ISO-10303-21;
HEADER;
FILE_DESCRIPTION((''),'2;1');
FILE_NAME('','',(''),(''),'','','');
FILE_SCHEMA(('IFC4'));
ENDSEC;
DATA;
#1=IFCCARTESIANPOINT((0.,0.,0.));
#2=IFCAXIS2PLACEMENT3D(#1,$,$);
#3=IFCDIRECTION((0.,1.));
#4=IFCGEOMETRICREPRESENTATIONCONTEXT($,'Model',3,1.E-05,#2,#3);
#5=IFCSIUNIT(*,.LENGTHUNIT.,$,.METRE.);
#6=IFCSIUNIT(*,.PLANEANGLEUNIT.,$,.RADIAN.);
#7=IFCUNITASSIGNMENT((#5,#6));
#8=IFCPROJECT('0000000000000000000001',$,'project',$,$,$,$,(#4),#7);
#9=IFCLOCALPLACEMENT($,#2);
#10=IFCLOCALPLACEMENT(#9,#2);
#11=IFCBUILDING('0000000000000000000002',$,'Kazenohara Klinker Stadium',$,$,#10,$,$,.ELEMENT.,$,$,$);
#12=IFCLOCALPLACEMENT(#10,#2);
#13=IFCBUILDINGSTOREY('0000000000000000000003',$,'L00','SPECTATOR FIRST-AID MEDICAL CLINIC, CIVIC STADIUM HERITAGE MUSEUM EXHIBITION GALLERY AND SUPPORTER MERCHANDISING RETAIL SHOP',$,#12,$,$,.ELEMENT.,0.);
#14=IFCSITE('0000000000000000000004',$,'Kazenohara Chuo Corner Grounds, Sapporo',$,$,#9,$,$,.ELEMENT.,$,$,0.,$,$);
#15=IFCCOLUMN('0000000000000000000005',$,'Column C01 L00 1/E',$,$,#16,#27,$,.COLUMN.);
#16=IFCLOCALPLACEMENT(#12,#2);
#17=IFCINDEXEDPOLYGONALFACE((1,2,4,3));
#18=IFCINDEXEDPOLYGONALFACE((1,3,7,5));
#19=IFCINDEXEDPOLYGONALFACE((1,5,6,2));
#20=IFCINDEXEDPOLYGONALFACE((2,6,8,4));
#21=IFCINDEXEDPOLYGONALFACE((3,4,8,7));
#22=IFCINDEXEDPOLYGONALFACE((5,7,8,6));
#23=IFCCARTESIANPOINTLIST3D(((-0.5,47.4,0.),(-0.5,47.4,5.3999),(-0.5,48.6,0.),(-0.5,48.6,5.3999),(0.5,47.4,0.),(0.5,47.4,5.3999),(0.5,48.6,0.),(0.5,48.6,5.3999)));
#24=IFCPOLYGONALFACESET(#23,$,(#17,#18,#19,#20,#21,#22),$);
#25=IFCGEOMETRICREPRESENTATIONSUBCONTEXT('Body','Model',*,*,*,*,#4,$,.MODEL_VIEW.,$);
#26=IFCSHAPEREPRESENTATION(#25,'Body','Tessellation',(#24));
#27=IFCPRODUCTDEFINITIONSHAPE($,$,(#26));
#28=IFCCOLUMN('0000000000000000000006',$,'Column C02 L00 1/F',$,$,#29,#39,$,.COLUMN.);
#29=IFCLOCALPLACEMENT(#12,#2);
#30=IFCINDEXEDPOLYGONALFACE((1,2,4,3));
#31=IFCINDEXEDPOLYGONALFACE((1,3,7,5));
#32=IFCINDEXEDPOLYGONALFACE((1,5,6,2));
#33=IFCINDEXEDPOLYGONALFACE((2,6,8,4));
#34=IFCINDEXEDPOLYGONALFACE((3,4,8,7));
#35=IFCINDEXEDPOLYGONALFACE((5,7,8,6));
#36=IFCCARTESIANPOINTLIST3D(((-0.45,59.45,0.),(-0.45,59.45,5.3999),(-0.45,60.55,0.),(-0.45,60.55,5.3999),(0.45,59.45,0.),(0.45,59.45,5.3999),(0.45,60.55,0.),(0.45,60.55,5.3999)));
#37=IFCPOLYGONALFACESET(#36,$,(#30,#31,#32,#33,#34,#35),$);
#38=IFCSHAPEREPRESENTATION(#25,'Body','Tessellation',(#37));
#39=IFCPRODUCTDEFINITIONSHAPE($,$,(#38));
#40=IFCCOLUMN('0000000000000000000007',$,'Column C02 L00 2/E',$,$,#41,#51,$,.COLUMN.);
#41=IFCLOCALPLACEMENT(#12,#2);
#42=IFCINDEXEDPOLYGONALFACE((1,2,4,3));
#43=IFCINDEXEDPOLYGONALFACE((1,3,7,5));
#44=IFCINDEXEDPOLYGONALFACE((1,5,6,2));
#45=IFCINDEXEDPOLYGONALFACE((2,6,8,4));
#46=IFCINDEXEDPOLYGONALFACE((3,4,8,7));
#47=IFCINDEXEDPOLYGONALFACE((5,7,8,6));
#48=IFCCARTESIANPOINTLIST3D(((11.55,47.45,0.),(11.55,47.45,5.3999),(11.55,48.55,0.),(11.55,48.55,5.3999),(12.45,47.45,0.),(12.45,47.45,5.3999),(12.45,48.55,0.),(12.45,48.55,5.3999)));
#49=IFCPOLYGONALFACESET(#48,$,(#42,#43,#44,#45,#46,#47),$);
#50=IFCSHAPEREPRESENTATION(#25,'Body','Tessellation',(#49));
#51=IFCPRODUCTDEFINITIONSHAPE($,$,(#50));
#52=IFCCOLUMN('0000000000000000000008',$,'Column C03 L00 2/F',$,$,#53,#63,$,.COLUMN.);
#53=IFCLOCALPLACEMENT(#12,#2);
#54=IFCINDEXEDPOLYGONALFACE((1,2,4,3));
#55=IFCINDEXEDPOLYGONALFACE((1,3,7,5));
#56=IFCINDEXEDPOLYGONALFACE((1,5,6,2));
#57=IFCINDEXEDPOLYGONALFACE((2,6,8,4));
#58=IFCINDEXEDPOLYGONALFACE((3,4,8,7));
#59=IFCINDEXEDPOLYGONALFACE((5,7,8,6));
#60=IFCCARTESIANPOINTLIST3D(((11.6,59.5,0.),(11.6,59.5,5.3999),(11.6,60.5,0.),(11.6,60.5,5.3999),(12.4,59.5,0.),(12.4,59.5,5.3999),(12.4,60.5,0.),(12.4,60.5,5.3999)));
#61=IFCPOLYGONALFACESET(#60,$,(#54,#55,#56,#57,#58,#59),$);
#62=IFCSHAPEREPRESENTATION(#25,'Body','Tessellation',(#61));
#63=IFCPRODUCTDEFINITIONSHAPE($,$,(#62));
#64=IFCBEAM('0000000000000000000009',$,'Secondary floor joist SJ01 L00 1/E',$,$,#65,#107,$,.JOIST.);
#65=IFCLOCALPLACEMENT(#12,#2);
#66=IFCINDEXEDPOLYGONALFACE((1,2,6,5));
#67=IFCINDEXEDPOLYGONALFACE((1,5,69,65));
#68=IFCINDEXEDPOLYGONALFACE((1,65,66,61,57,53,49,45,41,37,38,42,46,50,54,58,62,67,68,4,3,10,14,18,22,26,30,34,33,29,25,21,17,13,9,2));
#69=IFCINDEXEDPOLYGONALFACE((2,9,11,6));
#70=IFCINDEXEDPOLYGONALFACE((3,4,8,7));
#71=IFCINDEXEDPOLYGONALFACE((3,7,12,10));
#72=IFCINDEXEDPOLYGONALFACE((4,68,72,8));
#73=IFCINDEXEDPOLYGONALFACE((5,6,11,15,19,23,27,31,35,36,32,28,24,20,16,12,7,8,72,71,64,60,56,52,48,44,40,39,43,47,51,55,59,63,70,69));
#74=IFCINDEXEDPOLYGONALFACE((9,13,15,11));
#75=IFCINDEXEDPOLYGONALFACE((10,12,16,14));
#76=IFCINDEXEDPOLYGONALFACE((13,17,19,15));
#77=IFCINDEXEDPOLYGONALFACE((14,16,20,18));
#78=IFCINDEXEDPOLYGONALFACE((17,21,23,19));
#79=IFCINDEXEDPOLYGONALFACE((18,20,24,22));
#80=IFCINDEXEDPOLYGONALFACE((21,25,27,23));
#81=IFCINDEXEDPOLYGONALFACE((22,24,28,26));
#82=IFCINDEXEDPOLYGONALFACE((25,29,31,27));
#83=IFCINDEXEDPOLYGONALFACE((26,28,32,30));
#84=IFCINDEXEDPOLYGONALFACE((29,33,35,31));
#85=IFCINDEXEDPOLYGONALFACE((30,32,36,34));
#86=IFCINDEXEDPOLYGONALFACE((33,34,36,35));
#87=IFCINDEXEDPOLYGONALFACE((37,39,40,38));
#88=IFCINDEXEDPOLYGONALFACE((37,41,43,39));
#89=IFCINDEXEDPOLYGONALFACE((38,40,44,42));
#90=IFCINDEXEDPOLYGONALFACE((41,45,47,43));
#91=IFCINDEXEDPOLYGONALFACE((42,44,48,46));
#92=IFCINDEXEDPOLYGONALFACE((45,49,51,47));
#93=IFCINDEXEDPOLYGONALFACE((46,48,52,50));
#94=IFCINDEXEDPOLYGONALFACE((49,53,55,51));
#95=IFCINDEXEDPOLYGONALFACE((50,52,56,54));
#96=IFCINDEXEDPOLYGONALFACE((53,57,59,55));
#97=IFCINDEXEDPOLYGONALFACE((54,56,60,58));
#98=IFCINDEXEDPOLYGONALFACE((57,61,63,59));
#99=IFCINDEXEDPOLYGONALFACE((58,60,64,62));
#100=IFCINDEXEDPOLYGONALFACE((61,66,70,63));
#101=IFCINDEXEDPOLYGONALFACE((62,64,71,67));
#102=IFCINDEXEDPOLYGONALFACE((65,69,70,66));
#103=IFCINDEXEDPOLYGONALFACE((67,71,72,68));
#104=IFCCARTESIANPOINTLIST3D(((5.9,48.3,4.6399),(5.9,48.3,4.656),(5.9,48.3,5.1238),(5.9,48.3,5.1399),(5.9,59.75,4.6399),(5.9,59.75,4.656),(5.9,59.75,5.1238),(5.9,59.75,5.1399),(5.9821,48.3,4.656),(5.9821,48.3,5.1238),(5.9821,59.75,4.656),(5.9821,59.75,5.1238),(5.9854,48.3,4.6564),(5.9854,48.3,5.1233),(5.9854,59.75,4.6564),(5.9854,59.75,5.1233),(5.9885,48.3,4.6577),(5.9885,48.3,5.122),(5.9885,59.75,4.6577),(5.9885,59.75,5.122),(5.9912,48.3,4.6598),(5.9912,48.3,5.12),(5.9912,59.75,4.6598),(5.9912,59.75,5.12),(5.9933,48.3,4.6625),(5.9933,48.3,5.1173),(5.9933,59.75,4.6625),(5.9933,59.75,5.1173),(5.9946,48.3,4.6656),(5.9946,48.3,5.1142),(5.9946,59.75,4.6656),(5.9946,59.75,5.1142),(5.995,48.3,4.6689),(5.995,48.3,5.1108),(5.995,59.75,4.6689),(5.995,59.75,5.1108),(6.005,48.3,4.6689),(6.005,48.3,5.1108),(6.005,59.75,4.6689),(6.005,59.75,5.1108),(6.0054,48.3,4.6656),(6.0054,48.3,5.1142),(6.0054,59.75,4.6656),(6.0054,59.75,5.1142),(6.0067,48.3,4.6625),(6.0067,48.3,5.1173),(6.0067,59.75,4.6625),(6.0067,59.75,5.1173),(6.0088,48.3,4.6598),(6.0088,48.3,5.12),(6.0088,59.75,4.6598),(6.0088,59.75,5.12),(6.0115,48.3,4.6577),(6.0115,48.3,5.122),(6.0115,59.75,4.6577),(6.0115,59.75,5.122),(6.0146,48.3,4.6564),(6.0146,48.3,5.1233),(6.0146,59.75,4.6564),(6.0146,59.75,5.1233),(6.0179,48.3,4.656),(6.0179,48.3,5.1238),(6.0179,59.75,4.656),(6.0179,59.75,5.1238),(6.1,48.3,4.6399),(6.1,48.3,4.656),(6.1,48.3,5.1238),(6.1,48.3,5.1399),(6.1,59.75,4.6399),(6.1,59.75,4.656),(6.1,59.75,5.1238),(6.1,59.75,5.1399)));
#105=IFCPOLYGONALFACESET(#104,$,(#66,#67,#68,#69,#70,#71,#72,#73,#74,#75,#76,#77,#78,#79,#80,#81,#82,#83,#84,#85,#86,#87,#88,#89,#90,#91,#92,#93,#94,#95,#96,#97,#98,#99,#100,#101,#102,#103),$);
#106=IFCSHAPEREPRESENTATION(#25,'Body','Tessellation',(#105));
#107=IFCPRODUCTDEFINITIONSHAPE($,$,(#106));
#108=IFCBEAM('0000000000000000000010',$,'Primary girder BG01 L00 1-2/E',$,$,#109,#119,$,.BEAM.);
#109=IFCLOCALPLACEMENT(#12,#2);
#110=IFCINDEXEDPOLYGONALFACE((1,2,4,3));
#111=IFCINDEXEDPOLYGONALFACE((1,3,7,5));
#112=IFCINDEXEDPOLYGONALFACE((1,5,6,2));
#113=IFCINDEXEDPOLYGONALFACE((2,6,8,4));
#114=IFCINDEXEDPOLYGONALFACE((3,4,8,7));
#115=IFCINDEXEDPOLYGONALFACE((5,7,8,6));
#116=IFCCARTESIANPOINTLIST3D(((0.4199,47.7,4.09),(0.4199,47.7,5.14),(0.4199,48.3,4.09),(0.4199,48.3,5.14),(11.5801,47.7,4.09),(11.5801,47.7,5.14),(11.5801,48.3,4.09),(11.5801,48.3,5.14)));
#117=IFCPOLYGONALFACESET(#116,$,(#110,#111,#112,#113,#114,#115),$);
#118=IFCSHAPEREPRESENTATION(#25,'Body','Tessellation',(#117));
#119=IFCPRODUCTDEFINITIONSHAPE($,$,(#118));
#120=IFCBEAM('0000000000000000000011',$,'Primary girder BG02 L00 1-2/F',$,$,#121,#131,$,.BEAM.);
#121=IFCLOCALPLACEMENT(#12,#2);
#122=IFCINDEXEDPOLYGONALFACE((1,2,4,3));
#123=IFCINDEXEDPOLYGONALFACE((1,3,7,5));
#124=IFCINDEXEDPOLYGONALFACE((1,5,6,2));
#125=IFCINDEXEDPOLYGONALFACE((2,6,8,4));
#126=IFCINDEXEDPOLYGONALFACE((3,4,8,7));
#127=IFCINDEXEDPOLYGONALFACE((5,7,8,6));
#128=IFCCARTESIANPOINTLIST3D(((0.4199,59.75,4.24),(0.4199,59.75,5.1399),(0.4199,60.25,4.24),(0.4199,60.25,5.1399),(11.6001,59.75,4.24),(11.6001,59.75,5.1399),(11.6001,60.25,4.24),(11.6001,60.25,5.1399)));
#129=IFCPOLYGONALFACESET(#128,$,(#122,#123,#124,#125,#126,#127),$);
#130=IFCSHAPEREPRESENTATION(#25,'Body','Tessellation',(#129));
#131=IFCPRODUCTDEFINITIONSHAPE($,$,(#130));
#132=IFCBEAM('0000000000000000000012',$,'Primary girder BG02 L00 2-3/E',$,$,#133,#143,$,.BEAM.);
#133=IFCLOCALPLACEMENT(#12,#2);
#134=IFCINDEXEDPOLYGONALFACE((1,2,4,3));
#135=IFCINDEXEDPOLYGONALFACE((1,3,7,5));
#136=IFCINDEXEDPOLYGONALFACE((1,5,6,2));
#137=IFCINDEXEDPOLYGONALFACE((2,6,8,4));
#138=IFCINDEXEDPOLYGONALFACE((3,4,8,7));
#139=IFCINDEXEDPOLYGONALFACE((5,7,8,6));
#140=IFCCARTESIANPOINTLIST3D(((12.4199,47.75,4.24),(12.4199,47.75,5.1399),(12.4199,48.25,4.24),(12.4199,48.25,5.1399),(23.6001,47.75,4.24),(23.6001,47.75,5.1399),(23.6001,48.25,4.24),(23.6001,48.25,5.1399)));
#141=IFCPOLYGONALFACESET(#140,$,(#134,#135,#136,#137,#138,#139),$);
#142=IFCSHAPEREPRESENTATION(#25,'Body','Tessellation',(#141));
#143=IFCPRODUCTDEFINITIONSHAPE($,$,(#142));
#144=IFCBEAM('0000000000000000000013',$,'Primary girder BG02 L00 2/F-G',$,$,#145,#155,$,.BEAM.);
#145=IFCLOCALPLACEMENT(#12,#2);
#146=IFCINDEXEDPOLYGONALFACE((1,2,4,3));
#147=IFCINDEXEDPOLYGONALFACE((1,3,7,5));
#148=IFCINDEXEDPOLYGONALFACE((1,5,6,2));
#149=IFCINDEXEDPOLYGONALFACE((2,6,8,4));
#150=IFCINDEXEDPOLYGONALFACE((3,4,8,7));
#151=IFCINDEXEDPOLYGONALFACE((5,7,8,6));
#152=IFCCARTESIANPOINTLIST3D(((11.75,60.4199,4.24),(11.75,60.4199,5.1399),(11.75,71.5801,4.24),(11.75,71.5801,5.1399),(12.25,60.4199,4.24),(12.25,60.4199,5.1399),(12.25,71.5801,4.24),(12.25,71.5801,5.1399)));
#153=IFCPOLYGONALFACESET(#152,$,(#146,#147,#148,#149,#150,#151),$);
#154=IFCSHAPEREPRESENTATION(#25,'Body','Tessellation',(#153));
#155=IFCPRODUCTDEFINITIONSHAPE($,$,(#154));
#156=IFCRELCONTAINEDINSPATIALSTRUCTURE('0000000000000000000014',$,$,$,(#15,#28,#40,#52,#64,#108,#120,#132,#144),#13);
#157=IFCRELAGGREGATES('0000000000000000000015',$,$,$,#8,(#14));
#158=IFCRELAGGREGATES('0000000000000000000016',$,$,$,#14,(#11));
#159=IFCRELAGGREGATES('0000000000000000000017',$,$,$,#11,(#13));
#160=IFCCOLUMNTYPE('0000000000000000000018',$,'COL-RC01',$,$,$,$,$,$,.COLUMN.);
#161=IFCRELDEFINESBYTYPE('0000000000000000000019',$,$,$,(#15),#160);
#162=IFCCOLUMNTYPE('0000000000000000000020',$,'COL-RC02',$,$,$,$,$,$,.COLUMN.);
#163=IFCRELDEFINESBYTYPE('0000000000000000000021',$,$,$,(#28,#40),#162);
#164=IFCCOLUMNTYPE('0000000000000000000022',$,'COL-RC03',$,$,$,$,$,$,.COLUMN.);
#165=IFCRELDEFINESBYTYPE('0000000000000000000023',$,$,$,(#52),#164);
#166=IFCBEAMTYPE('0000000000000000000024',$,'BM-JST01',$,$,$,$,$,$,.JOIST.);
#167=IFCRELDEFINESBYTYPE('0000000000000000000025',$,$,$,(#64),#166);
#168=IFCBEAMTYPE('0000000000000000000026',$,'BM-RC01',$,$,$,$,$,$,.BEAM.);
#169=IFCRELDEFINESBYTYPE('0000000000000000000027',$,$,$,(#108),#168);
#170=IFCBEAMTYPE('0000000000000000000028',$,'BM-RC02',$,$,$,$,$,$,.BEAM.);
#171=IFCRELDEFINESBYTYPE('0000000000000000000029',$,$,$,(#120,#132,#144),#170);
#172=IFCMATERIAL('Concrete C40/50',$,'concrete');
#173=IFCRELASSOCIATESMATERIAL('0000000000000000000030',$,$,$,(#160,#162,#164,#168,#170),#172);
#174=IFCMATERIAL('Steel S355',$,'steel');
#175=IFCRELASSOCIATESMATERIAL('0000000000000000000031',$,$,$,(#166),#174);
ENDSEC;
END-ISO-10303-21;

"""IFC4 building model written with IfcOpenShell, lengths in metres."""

from ifc_helpers import new_model, si_unit, direction, frame, origin, origin_2d, place, context, subcontext, project, spatial, rectangle, i_section, extrude, material, material_profile, profile_set, type_object, element, save


model = new_model("IFC4")

# Units and contexts
model_context = context("Model", 3, precision=1e-05, world=origin(), true_north=direction((0.0, 1.0)))
body_context = subcontext(model_context, "Body", "Model", "MODEL_VIEW")
ifc_project = project(units=[si_unit("LENGTHUNIT", "METRE"), si_unit("PLANEANGLEUNIT", "RADIAN")], contexts=[model_context])

# Site, building, storey
site_placement = place(None, origin())
site = spatial("IfcSite", under=ifc_project, at=site_placement, Name="Kazenohara Chuo Corner Grounds, Sapporo", CompositionType="ELEMENT", RefElevation=0.0)
building_placement = place(site_placement, origin())
building = spatial("IfcBuilding", under=site, at=building_placement, Name="Kazenohara Klinker Stadium", CompositionType="ELEMENT")
storey_placement = place(building_placement, origin())
storey = spatial("IfcBuildingStorey", under=building, at=storey_placement, Name="L00", Description="SPECTATOR FIRST-AID MEDICAL CLINIC, CIVIC STADIUM HERITAGE MUSEUM EXHIBITION GALLERY AND SUPPORTER MERCHANDISING RETAIL SHOP", CompositionType="ELEMENT", Elevation=0.0)

# Columns
ifc_material_1 = material(Name="Concrete C40/50", Category="concrete")
ifc_material_profile_1 = material_profile(ifc_material_1, rectangle(XDim=1.0, YDim=1.2, at=origin_2d()), Name="RC-COL-1200x1000")
ifc_profile_set_1 = profile_set([ifc_material_profile_1], Name="Concrete C40/50")
column_type_1 = type_object("IfcColumnType", Name="COL-RC01", PredefinedType="COLUMN", material=ifc_profile_set_1)
column_1_placement = place(storey_placement, frame((0.0, 48.0, 0.0), z_axis=(0.0, 0.0, 1.0), x_axis=(1.0, 0.0, 0.0)))
element("IfcColumn", 1, at=column_1_placement, inside=storey, type_object=column_type_1, Name="Column C01 L00 1/E", PredefinedType="COLUMN", context=body_context, shape_type="SweptSolid", body=[
    extrude(rectangle(XDim=1.0, YDim=1.2, at=origin_2d()), origin(), (0.0, 0.0, 1.0), 5.3999),
])
ifc_material_profile_2 = material_profile(ifc_material_1, rectangle(XDim=0.8999, YDim=1.1001, at=origin_2d()), Name="RC-COL-1100x900")
ifc_profile_set_2 = profile_set([ifc_material_profile_2], Name="Concrete C40/50")
column_type_2 = type_object("IfcColumnType", Name="COL-RC02", PredefinedType="COLUMN", material=ifc_profile_set_2)
for number, where, z_axis, x_axis, name in (
    (2, (0.0, 60.0, 0.0), (0.0, 0.0, 1.0), (1.0, 0.0, 0.0), "Column C02 L00 1/F"),
    (3, (12.0, 48.0, 0.0), (0.0, 0.0, 1.0), (1.0, 0.0, 0.0), "Column C02 L00 2/E"),
):
    element("IfcColumn", number, at=place(storey_placement, frame(where, z_axis=z_axis, x_axis=x_axis)), inside=storey, type_object=column_type_2, Name=name, PredefinedType="COLUMN", context=body_context, shape_type="SweptSolid", body=[
        extrude(rectangle(XDim=0.8999, YDim=1.1001, at=origin_2d()), origin(), (0.0, 0.0, 1.0), 5.3999),
    ])
ifc_material_profile_3 = material_profile(ifc_material_1, rectangle(XDim=0.8, YDim=1.0, at=origin_2d()), Name="RC-COL-1000x800")
ifc_profile_set_3 = profile_set([ifc_material_profile_3], Name="Concrete C40/50")
column_type_3 = type_object("IfcColumnType", Name="COL-RC03", PredefinedType="COLUMN", material=ifc_profile_set_3)
column_2_placement = place(storey_placement, frame((12.0, 60.0, 0.0), z_axis=(0.0, 0.0, 1.0), x_axis=(1.0, 0.0, 0.0)))
element("IfcColumn", 4, at=column_2_placement, inside=storey, type_object=column_type_3, Name="Column C03 L00 2/F", PredefinedType="COLUMN", context=body_context, shape_type="SweptSolid", body=[
    extrude(rectangle(XDim=0.8, YDim=1.0, at=origin_2d()), origin(), (0.0, 0.0, 1.0), 5.3999),
])

# Beams
ifc_material_2 = material(Name="Steel S355", Category="steel")
ifc_material_profile_4 = material_profile(ifc_material_2, i_section(OverallWidth=0.2, OverallDepth=0.5, WebThickness=0.01, FlangeThickness=0.0161, FilletRadius=0.0129, at=origin_2d()), Name="H-500x200x10x16")
ifc_profile_set_4 = profile_set([ifc_material_profile_4], Name="Steel S355")
beam_type_1 = type_object("IfcBeamType", Name="BM-JST01", PredefinedType="JOIST", material=ifc_profile_set_4)
beam_1_placement = place(storey_placement, frame((6.0, 48.3, 4.8899), z_axis=(0.0, 1.0, 0.0), x_axis=(-1.0, 0.0, 0.0)))
element("IfcBeam", 5, at=beam_1_placement, inside=storey, type_object=beam_type_1, Name="Secondary floor joist SJ01 L00 1/E", PredefinedType="JOIST", context=body_context, shape_type="SweptSolid", body=[
    extrude(i_section(OverallWidth=0.2, OverallDepth=0.5, WebThickness=0.01, FlangeThickness=0.0161, FilletRadius=0.0129, at=origin_2d()), origin(), (0.0, 0.0, 1.0), 11.45),
])
ifc_material_profile_5 = material_profile(ifc_material_1, rectangle(XDim=0.6001, YDim=1.05, at=origin_2d()), Name="RC-BM-600x1050")
ifc_profile_set_5 = profile_set([ifc_material_profile_5], Name="Concrete C40/50")
beam_type_2 = type_object("IfcBeamType", Name="BM-RC01", PredefinedType="BEAM", material=ifc_profile_set_5)
beam_2_placement = place(storey_placement, frame((0.4199, 48.0, 4.615), z_axis=(1.0, 0.0, 0.0), x_axis=(0.0, 1.0, 0.0)))
element("IfcBeam", 6, at=beam_2_placement, inside=storey, type_object=beam_type_2, Name="Primary girder BG01 L00 1-2/E", PredefinedType="BEAM", context=body_context, shape_type="SweptSolid", body=[
    extrude(rectangle(XDim=0.6001, YDim=1.05, at=origin_2d()), origin(), (0.0, 0.0, 1.0), 11.1602),
])
ifc_material_profile_6 = material_profile(ifc_material_1, rectangle(XDim=0.5, YDim=0.8999, at=origin_2d()), Name="RC-BM-500x900")
ifc_profile_set_6 = profile_set([ifc_material_profile_6], Name="Concrete C40/50")
beam_type_3 = type_object("IfcBeamType", Name="BM-RC02", PredefinedType="BEAM", material=ifc_profile_set_6)
for number, where, z_axis, x_axis, name in (
    (7, (0.4199, 60.0, 4.6899), (1.0, 0.0, 0.0), (0.0, 1.0, 0.0), "Primary girder BG02 L00 1-2/F"),
    (8, (12.4199, 48.0, 4.6899), (1.0, 0.0, 0.0), (0.0, 1.0, 0.0), "Primary girder BG02 L00 2-3/E"),
):
    element("IfcBeam", number, at=place(storey_placement, frame(where, z_axis=z_axis, x_axis=x_axis)), inside=storey, type_object=beam_type_3, Name=name, PredefinedType="BEAM", context=body_context, shape_type="SweptSolid", body=[
        extrude(rectangle(XDim=0.5, YDim=0.8999, at=origin_2d()), origin(), (0.0, 0.0, 1.0), 11.1802),
    ])
beam_3_placement = place(storey_placement, frame((12.0, 60.4199, 4.6899), z_axis=(0.0, 1.0, 0.0), x_axis=(-1.0, 0.0, 0.0)))
element("IfcBeam", 9, at=beam_3_placement, inside=storey, type_object=beam_type_3, Name="Primary girder BG02 L00 2/F-G", PredefinedType="BEAM", context=body_context, shape_type="SweptSolid", body=[
    extrude(rectangle(XDim=0.5, YDim=0.8999, at=origin_2d()), origin(), (0.0, 0.0, 1.0), 11.1602),
])

save(model, "model.ifc")
